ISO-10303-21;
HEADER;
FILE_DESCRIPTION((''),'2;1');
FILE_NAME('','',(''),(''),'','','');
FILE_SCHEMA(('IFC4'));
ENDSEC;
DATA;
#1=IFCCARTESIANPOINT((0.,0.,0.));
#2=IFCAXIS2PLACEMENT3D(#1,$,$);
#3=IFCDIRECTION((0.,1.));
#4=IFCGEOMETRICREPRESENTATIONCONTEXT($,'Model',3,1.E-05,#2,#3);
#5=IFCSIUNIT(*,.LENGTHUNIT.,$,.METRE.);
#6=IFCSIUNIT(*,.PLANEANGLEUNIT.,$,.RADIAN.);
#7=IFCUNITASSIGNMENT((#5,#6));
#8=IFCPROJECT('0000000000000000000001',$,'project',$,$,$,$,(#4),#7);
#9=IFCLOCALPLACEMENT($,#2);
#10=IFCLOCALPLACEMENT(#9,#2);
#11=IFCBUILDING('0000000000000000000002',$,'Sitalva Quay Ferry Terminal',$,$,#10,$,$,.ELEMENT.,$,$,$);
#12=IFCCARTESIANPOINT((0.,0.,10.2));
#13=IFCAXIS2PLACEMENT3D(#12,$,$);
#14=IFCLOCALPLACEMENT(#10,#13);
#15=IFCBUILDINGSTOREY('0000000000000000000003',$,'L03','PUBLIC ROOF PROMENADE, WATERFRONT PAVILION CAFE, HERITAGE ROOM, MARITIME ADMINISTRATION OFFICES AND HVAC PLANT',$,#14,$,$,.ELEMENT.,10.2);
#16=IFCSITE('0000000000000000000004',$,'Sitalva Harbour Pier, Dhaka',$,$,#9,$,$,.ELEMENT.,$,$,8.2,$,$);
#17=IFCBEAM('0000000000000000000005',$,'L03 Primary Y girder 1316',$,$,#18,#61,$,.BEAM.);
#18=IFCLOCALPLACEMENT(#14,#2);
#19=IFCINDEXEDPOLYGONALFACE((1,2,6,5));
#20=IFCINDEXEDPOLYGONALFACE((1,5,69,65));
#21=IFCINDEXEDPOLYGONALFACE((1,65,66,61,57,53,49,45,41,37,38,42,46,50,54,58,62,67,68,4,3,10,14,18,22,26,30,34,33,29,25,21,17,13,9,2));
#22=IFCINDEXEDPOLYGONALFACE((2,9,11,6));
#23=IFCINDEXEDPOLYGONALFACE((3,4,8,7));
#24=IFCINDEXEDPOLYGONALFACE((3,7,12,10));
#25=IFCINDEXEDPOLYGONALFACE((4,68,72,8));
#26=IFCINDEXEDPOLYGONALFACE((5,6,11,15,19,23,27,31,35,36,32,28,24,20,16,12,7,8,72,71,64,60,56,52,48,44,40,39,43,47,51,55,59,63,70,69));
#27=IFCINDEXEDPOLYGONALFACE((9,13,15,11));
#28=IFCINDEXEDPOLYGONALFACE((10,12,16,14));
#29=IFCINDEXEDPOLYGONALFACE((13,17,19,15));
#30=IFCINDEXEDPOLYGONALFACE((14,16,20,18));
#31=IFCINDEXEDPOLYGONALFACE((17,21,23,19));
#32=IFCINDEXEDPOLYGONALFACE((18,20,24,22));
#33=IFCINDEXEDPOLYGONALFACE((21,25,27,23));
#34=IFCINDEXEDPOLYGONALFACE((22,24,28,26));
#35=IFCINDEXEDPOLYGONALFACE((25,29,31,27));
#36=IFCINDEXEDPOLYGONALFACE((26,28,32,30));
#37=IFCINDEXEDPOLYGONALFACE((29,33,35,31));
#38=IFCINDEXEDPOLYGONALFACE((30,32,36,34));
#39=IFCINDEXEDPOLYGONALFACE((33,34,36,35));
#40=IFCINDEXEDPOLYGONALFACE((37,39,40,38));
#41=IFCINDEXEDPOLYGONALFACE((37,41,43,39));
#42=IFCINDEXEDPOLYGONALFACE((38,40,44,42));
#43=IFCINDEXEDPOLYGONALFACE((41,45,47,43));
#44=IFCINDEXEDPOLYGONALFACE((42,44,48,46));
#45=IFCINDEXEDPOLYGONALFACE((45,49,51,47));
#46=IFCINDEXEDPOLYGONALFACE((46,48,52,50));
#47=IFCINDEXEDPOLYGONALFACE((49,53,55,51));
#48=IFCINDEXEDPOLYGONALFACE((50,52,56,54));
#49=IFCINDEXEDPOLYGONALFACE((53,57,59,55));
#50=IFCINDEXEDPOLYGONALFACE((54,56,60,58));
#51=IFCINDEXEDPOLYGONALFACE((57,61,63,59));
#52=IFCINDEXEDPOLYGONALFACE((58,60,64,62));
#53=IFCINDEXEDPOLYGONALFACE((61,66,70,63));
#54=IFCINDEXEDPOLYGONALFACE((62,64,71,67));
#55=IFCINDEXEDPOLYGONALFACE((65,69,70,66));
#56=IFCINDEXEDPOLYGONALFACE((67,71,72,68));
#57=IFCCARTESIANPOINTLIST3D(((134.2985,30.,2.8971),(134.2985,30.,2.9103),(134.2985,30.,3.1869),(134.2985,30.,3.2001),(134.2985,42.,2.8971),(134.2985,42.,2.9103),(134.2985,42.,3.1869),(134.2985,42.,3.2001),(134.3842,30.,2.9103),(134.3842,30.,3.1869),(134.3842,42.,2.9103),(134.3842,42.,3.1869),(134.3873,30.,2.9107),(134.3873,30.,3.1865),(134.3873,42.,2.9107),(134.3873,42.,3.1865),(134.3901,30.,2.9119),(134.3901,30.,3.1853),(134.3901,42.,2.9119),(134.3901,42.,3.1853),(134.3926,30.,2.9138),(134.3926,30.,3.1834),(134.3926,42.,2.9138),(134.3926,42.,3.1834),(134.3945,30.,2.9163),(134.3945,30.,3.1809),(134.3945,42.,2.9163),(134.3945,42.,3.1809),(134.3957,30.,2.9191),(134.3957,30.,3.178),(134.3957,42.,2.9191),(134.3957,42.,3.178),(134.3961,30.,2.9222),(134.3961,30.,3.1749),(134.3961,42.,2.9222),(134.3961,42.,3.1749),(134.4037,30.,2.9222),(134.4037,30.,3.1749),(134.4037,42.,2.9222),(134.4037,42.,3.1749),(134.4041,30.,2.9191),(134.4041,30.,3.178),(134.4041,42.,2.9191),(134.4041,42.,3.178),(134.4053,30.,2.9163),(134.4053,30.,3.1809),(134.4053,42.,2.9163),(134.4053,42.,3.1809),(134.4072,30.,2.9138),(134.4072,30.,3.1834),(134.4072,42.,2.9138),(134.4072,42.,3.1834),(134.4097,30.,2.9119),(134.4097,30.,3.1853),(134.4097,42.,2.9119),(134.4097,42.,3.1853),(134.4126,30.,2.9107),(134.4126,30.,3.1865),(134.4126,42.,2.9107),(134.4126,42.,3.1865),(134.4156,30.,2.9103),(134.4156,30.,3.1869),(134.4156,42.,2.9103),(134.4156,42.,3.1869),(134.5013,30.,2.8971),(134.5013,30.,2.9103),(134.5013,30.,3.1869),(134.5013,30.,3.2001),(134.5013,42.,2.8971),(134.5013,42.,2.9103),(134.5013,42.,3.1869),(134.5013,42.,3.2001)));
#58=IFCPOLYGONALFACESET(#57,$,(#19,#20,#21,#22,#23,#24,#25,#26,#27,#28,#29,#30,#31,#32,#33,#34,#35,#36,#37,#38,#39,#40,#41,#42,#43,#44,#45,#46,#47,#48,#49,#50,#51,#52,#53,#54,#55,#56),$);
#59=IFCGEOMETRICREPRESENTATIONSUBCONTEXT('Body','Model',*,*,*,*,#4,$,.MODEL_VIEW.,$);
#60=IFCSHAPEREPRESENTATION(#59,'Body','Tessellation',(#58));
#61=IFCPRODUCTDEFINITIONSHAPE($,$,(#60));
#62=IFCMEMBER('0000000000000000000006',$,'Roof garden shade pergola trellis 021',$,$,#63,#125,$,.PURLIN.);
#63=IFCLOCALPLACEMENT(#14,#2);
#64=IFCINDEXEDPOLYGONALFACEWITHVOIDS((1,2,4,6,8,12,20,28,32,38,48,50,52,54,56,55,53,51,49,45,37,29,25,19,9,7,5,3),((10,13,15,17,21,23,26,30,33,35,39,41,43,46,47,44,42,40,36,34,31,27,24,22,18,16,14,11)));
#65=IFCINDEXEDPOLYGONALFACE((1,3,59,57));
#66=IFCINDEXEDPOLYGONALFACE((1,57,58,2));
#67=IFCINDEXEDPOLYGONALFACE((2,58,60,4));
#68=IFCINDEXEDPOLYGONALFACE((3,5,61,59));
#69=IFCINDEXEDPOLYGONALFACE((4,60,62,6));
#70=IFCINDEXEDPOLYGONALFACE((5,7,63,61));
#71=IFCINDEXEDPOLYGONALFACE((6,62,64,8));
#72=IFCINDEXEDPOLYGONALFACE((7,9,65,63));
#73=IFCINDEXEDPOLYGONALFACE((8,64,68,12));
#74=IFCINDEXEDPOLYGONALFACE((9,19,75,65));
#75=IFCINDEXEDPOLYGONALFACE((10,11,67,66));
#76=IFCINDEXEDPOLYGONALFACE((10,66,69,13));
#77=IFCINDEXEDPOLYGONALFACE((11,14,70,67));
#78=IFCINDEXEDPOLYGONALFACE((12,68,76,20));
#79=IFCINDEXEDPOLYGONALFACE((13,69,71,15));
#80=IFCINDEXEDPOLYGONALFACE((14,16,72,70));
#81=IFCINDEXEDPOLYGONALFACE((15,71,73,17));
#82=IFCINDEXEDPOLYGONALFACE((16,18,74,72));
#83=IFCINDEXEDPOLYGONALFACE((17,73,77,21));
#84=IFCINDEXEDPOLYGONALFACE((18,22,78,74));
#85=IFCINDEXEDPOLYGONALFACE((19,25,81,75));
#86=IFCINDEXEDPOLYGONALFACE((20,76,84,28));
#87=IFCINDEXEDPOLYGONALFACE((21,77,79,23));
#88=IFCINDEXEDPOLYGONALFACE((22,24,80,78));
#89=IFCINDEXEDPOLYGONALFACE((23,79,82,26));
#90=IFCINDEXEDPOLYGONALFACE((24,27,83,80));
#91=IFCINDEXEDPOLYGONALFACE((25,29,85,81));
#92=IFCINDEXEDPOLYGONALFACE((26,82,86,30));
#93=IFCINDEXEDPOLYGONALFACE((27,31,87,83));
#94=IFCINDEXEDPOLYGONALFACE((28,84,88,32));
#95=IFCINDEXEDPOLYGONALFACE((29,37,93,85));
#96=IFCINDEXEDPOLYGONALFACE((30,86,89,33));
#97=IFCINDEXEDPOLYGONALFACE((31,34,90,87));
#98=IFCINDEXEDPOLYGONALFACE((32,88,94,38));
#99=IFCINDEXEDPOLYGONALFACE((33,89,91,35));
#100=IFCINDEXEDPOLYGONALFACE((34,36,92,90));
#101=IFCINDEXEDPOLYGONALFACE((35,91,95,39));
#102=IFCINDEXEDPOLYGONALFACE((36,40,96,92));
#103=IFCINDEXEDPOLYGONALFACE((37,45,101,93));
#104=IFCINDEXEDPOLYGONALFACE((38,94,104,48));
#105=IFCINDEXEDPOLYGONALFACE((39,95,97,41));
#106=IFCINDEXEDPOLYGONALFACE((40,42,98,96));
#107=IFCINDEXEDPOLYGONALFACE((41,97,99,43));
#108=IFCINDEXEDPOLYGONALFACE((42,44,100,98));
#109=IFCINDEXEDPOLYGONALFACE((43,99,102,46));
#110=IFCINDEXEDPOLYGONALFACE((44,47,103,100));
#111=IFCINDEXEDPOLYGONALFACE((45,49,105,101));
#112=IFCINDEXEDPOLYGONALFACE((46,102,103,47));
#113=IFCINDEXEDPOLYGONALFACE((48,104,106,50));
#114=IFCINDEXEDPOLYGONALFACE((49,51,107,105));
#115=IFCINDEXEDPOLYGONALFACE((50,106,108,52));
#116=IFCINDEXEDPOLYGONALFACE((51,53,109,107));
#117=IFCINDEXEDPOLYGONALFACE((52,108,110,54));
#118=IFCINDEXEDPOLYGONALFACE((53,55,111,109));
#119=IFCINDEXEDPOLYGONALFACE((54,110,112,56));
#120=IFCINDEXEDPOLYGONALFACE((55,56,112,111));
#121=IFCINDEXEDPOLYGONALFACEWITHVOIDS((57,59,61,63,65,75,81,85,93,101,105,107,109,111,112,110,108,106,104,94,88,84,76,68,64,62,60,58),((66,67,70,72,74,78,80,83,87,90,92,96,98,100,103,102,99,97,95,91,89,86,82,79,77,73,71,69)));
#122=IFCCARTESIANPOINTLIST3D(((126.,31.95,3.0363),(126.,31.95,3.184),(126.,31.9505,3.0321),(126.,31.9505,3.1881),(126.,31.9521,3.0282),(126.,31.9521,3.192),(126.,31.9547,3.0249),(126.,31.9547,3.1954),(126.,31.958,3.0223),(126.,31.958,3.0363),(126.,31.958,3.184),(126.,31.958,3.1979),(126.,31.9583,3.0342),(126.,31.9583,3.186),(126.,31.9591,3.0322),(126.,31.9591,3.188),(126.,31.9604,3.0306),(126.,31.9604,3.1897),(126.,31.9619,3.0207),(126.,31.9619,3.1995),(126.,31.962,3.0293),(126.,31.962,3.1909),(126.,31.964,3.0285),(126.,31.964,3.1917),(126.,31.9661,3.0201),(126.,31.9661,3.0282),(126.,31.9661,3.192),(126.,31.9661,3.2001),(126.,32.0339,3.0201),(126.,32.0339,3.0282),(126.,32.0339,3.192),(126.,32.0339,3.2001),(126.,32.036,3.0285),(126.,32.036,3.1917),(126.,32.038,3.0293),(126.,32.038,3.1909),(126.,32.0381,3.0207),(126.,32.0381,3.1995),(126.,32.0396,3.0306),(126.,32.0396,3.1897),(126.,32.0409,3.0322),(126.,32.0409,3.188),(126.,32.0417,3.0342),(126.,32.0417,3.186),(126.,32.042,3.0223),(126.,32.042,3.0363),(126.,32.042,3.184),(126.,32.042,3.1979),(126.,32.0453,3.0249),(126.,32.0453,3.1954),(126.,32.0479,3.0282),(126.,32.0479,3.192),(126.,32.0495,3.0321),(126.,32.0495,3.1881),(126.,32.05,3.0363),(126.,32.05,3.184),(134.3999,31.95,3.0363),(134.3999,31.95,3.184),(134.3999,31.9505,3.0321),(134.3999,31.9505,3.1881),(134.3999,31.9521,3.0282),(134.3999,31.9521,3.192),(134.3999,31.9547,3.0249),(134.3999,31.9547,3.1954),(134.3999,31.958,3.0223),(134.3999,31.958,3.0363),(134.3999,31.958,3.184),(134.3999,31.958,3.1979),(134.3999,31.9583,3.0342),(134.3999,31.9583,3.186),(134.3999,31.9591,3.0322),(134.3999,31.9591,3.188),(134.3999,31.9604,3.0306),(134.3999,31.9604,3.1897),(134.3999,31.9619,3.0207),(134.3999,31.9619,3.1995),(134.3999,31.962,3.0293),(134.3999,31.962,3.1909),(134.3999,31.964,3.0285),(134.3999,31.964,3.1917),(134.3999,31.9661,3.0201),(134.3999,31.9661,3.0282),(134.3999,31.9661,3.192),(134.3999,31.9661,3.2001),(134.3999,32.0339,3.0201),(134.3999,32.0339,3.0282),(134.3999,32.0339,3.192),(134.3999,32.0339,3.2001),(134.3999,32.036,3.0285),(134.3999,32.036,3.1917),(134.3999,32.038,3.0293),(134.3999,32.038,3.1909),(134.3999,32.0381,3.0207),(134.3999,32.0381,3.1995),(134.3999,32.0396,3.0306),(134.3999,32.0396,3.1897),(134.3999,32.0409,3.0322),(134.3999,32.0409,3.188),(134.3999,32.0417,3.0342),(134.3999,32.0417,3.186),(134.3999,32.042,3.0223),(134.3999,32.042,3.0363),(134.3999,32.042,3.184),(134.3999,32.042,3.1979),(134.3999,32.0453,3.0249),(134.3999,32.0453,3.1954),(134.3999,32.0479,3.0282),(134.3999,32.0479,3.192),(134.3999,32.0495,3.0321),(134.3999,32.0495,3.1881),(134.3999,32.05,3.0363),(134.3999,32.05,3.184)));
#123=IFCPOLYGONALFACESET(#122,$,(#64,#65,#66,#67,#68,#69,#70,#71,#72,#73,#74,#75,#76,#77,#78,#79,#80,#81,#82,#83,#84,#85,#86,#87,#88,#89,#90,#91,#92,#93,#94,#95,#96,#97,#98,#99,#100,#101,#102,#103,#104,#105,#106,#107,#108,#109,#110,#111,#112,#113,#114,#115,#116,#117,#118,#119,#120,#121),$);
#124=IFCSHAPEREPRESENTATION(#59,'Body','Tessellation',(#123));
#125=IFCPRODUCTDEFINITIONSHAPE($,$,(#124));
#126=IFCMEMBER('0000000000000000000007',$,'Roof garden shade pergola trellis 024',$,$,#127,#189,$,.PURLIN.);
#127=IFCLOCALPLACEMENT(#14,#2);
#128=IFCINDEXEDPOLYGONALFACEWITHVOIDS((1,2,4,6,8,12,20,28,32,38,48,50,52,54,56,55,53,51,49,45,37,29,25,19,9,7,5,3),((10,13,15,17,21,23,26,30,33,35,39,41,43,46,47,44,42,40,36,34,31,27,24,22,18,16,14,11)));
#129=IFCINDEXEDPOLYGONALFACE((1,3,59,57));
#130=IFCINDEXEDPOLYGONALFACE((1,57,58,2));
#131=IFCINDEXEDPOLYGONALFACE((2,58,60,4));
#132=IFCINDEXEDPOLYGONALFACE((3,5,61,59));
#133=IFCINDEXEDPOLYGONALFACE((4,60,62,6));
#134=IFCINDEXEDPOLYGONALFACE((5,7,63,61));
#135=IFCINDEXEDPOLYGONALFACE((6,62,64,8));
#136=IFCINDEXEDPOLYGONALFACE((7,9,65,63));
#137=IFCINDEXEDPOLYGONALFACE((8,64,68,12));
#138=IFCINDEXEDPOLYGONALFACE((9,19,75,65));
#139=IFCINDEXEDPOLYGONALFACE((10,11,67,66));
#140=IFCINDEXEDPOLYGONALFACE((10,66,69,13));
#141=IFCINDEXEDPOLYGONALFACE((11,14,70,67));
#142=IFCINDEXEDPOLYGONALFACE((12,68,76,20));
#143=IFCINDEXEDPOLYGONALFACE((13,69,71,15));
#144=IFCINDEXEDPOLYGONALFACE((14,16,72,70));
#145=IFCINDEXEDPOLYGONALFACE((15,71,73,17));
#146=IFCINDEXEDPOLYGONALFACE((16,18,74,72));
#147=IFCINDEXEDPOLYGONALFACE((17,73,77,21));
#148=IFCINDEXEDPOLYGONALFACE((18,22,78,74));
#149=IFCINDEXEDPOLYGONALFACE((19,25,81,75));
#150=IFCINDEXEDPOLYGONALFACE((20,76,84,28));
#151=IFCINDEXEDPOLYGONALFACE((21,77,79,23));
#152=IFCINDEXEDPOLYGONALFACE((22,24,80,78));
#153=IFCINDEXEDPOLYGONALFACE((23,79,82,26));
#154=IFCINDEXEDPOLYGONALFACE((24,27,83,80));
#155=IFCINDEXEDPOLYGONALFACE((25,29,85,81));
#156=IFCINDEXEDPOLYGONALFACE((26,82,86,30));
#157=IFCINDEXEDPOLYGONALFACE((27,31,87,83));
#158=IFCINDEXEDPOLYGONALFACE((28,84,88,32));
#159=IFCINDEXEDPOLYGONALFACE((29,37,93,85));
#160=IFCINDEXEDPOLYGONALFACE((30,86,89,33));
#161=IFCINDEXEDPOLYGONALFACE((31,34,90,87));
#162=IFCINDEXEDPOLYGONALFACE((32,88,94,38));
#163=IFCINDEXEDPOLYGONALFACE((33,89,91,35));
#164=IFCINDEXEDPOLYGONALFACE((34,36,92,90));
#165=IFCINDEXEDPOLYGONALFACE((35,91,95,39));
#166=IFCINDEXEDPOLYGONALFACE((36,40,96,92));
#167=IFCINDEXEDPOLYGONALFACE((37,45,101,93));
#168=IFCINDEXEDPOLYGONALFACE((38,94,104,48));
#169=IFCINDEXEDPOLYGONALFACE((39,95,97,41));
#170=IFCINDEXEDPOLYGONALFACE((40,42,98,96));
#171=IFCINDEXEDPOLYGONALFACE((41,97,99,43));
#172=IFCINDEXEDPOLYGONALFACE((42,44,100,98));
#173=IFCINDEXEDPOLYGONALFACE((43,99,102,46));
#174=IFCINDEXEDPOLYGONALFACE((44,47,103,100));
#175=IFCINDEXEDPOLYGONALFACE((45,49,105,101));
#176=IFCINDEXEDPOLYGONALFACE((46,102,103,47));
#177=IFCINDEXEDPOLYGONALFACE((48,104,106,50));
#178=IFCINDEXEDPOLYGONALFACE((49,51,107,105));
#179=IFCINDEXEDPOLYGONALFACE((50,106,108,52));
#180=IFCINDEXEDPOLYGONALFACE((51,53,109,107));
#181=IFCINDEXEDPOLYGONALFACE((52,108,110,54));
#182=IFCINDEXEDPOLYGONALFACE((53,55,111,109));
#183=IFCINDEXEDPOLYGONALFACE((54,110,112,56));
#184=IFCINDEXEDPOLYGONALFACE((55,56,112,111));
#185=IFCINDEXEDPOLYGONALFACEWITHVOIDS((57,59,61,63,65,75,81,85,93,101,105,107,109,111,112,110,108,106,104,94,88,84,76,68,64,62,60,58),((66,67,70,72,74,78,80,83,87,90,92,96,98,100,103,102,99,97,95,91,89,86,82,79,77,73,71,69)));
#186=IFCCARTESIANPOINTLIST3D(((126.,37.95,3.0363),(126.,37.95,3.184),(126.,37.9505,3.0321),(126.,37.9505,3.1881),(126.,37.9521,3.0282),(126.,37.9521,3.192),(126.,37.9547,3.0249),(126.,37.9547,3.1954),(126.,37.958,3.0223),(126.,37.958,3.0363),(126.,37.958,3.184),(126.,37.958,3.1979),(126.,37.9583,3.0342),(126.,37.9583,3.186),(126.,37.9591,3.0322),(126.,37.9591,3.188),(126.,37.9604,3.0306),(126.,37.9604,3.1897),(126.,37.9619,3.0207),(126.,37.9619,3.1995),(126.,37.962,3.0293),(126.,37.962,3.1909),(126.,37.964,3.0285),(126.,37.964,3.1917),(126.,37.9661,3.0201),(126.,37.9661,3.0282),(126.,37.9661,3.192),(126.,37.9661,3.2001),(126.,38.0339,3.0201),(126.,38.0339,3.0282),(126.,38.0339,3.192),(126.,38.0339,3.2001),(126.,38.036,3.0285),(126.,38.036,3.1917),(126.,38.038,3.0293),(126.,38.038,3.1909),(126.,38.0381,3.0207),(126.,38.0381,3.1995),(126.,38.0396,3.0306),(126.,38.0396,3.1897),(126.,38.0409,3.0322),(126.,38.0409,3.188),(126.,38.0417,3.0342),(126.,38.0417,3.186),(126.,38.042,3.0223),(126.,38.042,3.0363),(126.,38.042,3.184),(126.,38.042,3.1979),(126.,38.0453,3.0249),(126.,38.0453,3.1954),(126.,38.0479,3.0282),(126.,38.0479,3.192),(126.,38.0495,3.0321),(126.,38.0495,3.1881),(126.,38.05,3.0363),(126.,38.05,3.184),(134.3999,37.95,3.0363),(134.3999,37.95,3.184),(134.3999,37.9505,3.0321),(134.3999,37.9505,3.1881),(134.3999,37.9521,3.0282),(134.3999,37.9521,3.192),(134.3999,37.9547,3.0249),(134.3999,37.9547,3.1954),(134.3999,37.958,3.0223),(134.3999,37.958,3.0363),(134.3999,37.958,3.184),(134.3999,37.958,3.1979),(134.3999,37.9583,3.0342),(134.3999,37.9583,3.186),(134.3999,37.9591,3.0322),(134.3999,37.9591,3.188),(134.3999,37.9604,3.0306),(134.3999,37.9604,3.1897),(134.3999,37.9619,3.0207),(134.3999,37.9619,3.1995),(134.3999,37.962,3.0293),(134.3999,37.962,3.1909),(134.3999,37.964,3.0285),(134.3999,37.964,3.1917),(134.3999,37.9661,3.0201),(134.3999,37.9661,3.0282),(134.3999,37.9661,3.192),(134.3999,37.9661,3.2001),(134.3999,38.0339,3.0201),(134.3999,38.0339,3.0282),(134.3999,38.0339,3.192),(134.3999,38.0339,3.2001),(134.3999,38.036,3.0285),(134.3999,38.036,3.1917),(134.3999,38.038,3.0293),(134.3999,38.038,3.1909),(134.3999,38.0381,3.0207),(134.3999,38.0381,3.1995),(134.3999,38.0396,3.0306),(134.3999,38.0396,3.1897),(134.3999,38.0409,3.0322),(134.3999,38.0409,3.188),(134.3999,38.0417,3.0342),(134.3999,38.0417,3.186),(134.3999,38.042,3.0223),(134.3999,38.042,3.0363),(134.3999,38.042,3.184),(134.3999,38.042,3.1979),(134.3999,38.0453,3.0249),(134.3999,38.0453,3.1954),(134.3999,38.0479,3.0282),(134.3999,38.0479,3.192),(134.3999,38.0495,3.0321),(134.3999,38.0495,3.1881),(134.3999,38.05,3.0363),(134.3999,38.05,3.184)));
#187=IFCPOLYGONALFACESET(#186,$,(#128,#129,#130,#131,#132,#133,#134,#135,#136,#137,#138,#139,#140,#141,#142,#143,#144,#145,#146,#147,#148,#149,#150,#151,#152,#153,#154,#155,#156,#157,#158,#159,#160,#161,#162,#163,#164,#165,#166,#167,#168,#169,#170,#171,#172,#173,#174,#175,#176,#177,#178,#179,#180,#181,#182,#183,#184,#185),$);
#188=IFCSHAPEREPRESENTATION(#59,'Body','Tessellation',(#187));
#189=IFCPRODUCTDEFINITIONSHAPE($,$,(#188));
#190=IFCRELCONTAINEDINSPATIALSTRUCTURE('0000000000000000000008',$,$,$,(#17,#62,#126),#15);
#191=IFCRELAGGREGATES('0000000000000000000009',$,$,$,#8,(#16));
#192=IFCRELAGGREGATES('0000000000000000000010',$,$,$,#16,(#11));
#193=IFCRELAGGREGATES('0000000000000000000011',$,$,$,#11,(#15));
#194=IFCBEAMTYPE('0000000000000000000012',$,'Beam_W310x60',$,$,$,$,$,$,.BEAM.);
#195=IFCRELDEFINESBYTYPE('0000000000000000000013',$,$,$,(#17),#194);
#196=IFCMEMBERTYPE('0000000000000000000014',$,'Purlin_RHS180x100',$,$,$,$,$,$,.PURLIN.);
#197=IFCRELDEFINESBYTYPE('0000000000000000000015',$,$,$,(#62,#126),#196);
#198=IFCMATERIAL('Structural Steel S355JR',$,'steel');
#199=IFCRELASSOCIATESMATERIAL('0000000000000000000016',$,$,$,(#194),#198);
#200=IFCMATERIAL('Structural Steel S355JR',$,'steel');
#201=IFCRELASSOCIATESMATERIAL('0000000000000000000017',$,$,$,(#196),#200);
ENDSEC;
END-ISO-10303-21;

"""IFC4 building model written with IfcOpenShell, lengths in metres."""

from ifc_helpers import new_model, si_unit, direction, frame, origin, origin_2d, place, context, subcontext, project, spatial, hollow_rectangle, i_section, extrude, material, material_profile, profile_set, type_object, element, save


model = new_model("IFC4")

# Units and contexts
model_context = context("Model", 3, precision=1e-05, world=origin(), true_north=direction((0.0, 1.0)))
body_context = subcontext(model_context, "Body", "Model", "MODEL_VIEW")
ifc_project = project(units=[si_unit("LENGTHUNIT", "METRE"), si_unit("PLANEANGLEUNIT", "RADIAN")], contexts=[model_context])

# Site, building, storey
site_placement = place(None, origin())
site = spatial("IfcSite", under=ifc_project, at=site_placement, Name="Sitalva Harbour Pier, Dhaka", CompositionType="ELEMENT", RefElevation=8.2)
building_placement = place(site_placement, origin())
building = spatial("IfcBuilding", under=site, at=building_placement, Name="Sitalva Quay Ferry Terminal", CompositionType="ELEMENT")
storey_placement = place(building_placement, frame((0.0, 0.0, 10.2)))
storey = spatial("IfcBuildingStorey", under=building, at=storey_placement, Name="L03", Description="PUBLIC ROOF PROMENADE, WATERFRONT PAVILION CAFE, HERITAGE ROOM, MARITIME ADMINISTRATION OFFICES AND HVAC PLANT", CompositionType="ELEMENT", Elevation=10.2)

# Beam
ifc_material_1 = material(Name="Structural Steel S355JR", Category="steel")
ifc_material_profile_1 = material_profile(ifc_material_1, i_section(OverallWidth=0.2029, OverallDepth=0.303, WebThickness=0.0076, FlangeThickness=0.0132, FilletRadius=0.012, at=origin_2d()), Name="W310x60")
ifc_profile_set_1 = profile_set([ifc_material_profile_1], Name="Structural Steel S355JR")
beam_type = type_object("IfcBeamType", Name="Beam_W310x60", PredefinedType="BEAM", material=ifc_profile_set_1)
for number, where, z_axis, x_axis, name in (
    (1, (134.3999, 30.0, 3.0486), (0.0, 1.0, 0.0), (-1.0, 0.0, 0.0), "L03 Primary Y girder 1316"),
):
    element("IfcBeam", number, at=place(storey_placement, frame(where, z_axis=z_axis, x_axis=x_axis)), inside=storey, type_object=beam_type, Name=name, PredefinedType="BEAM", context=body_context, shape_type="SweptSolid", body=[
        extrude(i_section(OverallWidth=0.2029, OverallDepth=0.303, WebThickness=0.0076, FlangeThickness=0.0132, FilletRadius=0.012, at=origin_2d()), origin(), (0.0, 0.0, 1.0), 12.0),
    ])

# Members
ifc_material_2 = material(Name="Structural Steel S355JR", Category="steel")
ifc_material_profile_2 = material_profile(ifc_material_2, hollow_rectangle(XDim=0.1001, YDim=0.1799, WallThickness=0.0081, InnerFilletRadius=0.0081, OuterFilletRadius=0.0161, at=origin_2d()), Name="RHS180x100x8")
ifc_profile_set_2 = profile_set([ifc_material_profile_2], Name="Structural Steel S355JR")
member_type_1 = type_object("IfcMemberType", Name="Purlin_RHS180x100", PredefinedType="PURLIN", material=ifc_profile_set_2)
for number, where, z_axis, x_axis, name in (
    (2, (126.0, 32.0, 3.1101), (1.0, 0.0, 0.0), (0.0, 1.0, 0.0), "Roof garden shade pergola trellis 021"),
    (3, (126.0, 38.0, 3.1101), (1.0, 0.0, 0.0), (0.0, 1.0, 0.0), "Roof garden shade pergola trellis 024"),
):
    element("IfcMember", number, at=place(storey_placement, frame(where, z_axis=z_axis, x_axis=x_axis)), inside=storey, type_object=member_type_1, Name=name, PredefinedType="PURLIN", context=body_context, shape_type="SweptSolid", body=[
        extrude(hollow_rectangle(XDim=0.1001, YDim=0.1799, WallThickness=0.0081, InnerFilletRadius=0.0081, OuterFilletRadius=0.0161, at=origin_2d()), origin(), (0.0, 0.0, 1.0), 8.3999),
    ])

save(model, "model.ifc")
